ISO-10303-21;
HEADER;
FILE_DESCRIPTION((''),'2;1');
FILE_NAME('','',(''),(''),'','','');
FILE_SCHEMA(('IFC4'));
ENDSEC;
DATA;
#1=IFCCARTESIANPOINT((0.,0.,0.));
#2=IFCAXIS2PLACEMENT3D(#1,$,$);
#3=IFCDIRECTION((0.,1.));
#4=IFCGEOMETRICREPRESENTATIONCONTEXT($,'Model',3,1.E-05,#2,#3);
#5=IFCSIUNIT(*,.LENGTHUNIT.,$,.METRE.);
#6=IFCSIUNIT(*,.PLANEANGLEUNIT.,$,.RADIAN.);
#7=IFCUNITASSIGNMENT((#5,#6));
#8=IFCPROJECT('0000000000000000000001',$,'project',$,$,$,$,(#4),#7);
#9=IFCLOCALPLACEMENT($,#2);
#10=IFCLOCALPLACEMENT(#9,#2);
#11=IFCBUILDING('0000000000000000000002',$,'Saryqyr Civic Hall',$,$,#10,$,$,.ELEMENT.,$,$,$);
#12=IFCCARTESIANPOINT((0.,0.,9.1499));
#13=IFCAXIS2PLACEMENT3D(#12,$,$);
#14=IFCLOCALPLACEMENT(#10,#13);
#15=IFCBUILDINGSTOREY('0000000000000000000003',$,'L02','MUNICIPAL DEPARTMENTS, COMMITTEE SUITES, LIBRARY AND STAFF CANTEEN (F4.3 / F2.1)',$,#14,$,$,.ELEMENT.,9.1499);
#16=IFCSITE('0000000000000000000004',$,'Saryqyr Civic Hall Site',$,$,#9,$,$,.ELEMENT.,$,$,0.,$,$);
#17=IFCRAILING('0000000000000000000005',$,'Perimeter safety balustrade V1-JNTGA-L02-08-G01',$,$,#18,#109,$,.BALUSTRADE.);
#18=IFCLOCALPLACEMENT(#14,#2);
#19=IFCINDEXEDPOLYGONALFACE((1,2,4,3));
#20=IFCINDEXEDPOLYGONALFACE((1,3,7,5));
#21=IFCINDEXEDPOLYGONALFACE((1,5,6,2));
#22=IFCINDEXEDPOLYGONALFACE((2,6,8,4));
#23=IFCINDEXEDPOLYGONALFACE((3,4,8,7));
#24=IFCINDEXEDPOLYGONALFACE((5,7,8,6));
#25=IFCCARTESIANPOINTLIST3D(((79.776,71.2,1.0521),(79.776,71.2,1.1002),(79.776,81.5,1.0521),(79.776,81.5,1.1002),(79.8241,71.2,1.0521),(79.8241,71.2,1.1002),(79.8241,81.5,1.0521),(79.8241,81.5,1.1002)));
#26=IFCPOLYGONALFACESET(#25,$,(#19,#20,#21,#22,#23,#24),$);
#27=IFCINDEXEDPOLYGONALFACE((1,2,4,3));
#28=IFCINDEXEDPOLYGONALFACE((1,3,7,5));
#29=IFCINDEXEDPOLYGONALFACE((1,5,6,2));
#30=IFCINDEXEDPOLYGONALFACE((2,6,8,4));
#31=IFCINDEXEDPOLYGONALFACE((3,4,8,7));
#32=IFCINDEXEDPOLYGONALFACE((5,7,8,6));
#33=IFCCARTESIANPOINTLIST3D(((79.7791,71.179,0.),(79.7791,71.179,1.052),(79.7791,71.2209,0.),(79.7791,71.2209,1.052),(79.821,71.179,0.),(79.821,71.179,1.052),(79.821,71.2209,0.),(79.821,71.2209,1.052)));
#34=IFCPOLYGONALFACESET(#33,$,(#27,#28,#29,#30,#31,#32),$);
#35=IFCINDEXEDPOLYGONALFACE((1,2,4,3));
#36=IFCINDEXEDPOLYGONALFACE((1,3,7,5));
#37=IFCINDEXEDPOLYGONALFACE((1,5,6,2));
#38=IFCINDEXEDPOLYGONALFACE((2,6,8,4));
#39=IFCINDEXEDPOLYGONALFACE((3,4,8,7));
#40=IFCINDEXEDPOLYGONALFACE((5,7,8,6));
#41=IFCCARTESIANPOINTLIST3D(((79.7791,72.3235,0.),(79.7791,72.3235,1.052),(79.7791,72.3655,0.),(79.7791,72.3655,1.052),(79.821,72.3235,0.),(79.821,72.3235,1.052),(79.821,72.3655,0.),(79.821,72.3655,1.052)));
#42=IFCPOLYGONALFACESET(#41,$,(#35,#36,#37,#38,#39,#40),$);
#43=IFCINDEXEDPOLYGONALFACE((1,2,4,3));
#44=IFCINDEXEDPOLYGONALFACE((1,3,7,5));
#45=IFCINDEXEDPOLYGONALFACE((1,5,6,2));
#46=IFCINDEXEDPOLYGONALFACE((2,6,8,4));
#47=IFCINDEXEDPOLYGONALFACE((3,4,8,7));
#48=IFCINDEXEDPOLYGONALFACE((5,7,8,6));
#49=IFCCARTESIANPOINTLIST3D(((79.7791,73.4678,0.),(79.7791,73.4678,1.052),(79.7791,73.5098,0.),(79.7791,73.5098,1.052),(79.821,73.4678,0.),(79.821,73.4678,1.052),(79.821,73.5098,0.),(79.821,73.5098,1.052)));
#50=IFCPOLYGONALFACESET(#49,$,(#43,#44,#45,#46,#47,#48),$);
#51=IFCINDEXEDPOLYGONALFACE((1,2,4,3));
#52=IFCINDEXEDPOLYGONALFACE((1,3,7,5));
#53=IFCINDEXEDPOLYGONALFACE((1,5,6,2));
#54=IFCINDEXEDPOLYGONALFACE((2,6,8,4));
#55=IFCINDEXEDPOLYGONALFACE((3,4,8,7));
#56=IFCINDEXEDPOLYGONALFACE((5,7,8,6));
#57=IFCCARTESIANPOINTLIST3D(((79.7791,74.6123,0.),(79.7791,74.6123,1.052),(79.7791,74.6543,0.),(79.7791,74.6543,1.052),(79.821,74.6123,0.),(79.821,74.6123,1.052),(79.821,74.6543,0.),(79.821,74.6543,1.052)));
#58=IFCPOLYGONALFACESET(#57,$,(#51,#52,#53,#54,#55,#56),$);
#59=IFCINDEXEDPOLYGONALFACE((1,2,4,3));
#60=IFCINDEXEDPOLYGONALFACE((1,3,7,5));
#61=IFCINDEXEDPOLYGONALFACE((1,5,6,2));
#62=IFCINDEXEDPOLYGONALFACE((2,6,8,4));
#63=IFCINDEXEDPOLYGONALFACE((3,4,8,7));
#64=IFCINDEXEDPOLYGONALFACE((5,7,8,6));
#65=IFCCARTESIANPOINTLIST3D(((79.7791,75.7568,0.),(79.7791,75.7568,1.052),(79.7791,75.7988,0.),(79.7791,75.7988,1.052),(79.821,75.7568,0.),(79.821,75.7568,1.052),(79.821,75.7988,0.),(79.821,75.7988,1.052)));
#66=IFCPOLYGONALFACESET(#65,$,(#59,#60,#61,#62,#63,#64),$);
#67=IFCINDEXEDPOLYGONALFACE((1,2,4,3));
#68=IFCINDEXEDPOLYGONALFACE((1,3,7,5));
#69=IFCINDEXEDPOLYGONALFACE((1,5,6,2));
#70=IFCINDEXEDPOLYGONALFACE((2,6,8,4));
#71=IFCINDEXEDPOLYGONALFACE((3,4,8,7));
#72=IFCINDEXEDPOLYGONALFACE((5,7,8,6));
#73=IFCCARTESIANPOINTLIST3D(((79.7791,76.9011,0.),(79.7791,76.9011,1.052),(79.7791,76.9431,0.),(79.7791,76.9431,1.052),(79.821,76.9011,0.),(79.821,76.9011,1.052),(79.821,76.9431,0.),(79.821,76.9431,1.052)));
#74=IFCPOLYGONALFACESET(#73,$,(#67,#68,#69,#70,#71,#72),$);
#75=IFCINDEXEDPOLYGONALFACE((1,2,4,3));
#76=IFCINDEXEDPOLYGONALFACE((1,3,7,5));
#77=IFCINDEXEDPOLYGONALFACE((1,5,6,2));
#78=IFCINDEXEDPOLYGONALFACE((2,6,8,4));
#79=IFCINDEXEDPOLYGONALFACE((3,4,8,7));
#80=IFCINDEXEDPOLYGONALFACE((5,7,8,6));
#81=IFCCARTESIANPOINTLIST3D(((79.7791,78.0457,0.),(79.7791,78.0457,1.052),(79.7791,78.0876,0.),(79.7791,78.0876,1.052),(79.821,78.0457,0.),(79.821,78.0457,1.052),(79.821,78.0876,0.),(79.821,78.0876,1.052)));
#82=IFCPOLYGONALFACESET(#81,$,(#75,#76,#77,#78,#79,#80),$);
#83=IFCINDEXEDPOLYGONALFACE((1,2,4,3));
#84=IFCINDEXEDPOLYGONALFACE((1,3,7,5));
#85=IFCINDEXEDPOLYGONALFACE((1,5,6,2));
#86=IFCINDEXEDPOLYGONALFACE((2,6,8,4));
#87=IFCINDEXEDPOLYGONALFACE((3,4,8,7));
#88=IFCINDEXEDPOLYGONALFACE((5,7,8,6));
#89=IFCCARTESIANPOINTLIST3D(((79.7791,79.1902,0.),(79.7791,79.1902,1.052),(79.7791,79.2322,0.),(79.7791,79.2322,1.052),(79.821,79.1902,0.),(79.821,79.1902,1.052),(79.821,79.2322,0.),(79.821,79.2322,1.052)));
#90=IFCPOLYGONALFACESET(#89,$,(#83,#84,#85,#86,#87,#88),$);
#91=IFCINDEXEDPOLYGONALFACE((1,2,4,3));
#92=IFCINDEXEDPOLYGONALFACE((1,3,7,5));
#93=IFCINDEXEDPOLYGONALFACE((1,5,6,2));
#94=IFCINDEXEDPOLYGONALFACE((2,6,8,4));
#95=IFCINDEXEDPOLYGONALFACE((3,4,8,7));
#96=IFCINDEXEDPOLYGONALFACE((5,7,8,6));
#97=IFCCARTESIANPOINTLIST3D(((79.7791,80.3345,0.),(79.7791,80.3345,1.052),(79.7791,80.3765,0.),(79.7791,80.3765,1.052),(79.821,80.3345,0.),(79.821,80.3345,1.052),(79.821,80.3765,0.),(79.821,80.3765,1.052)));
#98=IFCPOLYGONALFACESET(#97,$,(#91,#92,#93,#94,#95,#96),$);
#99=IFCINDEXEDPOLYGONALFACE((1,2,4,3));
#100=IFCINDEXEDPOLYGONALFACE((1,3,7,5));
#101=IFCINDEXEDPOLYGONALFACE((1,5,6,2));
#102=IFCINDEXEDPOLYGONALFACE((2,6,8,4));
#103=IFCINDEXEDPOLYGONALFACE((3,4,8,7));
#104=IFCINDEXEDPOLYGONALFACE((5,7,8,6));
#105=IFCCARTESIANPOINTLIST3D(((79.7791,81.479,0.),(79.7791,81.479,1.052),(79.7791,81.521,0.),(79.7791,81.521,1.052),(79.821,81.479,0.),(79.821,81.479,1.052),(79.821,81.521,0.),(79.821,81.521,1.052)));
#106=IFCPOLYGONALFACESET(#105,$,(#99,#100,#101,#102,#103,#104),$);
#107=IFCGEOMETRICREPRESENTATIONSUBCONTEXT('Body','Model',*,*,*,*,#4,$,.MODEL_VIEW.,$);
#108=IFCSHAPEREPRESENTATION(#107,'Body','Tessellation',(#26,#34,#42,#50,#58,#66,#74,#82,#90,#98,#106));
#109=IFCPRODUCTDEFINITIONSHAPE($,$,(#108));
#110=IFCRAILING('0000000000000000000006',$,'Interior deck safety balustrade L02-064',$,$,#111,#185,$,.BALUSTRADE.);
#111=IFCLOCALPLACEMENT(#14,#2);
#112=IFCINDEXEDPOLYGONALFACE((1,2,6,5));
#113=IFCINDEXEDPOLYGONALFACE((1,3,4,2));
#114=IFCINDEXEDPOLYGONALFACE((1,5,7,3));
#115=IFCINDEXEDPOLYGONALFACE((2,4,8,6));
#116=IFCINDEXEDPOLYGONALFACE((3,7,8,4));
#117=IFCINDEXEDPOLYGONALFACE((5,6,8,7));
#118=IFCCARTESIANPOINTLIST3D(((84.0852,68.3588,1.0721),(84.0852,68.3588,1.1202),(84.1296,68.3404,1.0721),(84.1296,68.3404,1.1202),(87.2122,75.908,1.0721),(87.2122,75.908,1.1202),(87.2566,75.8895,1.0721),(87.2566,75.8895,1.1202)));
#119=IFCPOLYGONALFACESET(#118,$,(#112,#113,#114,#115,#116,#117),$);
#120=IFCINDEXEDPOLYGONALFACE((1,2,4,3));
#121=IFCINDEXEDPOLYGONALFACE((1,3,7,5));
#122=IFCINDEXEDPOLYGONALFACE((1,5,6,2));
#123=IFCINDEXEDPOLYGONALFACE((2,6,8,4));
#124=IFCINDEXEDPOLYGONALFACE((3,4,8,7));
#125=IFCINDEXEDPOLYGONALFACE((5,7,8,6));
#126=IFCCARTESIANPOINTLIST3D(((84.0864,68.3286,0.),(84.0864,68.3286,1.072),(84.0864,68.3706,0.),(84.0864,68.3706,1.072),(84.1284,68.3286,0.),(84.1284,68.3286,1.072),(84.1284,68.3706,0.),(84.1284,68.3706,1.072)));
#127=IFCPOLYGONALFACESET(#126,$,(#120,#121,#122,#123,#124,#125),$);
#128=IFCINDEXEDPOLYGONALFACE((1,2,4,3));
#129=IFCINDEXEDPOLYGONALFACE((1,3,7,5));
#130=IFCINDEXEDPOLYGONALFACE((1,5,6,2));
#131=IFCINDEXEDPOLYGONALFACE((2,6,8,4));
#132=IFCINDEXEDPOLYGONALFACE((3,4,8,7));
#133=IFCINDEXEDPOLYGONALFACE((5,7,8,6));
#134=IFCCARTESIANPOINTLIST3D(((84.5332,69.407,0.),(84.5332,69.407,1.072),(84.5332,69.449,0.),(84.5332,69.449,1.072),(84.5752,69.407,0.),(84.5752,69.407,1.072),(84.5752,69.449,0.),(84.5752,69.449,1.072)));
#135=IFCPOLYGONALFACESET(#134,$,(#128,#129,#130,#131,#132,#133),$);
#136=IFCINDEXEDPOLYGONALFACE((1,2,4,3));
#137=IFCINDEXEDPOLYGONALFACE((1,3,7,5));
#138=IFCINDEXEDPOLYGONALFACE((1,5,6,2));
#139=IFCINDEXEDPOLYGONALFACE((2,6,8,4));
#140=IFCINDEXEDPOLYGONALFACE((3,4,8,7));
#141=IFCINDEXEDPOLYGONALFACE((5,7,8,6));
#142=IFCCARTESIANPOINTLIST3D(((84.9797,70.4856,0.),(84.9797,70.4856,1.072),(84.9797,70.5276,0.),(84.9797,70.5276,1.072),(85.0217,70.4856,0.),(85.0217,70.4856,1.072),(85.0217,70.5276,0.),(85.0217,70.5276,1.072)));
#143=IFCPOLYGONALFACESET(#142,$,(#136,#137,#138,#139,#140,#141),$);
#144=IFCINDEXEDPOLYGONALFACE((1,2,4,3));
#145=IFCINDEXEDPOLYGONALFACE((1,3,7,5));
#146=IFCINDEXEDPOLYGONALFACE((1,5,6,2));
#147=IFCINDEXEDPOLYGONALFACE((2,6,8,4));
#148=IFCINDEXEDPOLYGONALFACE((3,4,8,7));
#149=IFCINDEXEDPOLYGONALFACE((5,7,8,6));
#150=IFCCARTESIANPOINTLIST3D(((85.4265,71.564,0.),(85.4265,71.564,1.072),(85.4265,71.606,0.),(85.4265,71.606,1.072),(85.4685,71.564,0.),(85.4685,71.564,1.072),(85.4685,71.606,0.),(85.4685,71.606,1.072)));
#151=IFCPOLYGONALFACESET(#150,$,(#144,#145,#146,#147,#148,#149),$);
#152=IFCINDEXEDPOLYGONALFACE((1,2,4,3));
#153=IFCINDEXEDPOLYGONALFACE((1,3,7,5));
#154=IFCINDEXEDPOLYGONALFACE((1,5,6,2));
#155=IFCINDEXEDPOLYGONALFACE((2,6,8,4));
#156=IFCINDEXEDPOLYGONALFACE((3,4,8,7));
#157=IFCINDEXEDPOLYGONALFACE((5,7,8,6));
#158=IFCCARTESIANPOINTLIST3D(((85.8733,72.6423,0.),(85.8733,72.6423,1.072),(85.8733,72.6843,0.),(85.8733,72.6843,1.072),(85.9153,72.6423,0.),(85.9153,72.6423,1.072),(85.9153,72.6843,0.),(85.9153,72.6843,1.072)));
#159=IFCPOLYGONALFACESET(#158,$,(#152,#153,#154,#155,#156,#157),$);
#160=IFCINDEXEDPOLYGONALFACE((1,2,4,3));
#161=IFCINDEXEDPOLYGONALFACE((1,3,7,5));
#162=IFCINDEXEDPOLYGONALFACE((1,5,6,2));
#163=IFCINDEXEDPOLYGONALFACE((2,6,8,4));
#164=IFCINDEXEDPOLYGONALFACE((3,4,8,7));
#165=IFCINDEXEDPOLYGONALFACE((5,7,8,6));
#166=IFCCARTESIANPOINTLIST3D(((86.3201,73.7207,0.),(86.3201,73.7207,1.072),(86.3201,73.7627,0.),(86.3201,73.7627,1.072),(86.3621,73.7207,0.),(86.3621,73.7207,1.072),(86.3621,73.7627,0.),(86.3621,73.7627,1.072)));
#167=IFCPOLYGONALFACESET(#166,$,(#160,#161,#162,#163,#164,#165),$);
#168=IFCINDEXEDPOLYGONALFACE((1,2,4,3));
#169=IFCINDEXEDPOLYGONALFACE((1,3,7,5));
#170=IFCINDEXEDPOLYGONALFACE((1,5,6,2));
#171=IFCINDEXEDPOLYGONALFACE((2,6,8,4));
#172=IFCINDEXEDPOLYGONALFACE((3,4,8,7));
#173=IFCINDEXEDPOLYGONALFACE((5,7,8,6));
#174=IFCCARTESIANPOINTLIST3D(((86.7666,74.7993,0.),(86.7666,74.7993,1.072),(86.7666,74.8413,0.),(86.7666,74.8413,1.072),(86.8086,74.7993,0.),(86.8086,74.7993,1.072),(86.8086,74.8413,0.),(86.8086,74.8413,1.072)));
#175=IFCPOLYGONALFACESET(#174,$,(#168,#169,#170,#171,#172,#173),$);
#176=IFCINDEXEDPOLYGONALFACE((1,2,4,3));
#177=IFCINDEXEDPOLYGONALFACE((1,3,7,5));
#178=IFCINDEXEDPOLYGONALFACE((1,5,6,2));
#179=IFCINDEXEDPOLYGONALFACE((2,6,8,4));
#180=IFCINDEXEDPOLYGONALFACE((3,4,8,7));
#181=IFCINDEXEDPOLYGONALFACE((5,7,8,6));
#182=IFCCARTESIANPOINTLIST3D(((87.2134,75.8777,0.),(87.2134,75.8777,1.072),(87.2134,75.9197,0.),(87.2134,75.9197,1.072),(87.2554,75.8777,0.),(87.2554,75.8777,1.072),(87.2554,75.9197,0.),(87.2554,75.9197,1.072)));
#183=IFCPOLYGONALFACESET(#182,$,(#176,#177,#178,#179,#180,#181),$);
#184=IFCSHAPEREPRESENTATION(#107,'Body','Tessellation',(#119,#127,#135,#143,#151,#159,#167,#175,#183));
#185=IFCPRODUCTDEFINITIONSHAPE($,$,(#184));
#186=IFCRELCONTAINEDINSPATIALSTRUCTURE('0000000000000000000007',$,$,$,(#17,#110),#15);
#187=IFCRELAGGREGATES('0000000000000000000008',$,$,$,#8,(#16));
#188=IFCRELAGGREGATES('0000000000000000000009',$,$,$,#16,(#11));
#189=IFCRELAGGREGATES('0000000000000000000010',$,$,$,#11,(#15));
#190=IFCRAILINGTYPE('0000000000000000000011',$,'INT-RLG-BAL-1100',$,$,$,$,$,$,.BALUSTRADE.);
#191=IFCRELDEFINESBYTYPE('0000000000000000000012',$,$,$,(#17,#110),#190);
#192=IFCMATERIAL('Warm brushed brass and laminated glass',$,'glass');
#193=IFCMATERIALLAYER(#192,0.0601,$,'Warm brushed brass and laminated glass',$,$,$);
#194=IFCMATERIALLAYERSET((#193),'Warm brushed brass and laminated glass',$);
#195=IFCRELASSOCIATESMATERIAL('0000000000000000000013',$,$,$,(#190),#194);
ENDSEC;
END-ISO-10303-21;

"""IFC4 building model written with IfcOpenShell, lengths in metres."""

from ifc_helpers import new_model, si_unit, direction, frame, origin, origin_2d, place, context, subcontext, project, spatial, rectangle, extrude, material, layer, layer_set, type_object, element, save


model = new_model("IFC4")

# Units and contexts
model_context = context("Model", 3, precision=1e-05, world=origin(), true_north=direction((0.0, 1.0)))
body_context = subcontext(model_context, "Body", "Model", "MODEL_VIEW")
ifc_project = project(units=[si_unit("LENGTHUNIT", "METRE"), si_unit("PLANEANGLEUNIT", "RADIAN")], contexts=[model_context])

# Site, building, storey
site_placement = place(None, origin())
site = spatial("IfcSite", under=ifc_project, at=site_placement, Name="Saryqyr Civic Hall Site", CompositionType="ELEMENT", RefElevation=0.0)
building_placement = place(site_placement, origin())
building = spatial("IfcBuilding", under=site, at=building_placement, Name="Saryqyr Civic Hall", CompositionType="ELEMENT")
storey_placement = place(building_placement, frame((0.0, 0.0, 9.1499)))
storey = spatial("IfcBuildingStorey", under=building, at=storey_placement, Name="L02", Description="MUNICIPAL DEPARTMENTS, COMMITTEE SUITES, LIBRARY AND STAFF CANTEEN (F4.3 / F2.1)", CompositionType="ELEMENT", Elevation=9.1499)

# Railings
ifc_material_1 = material(Name="Warm brushed brass and laminated glass", Category="glass")
ifc_layer_1 = layer(ifc_material_1, 0.0601, Name="Warm brushed brass and laminated glass")
ifc_layer_set_1 = layer_set([ifc_layer_1], Name="Warm brushed brass and laminated glass")
railing_type_1 = type_object("IfcRailingType", Name="INT-RLG-BAL-1100", PredefinedType="BALUSTRADE", material=ifc_layer_set_1)
railing_1_placement = place(storey_placement, frame((79.8, 71.2, 0.0)))
element("IfcRailing", 1, at=railing_1_placement, inside=storey, type_object=railing_type_1, Name="Perimeter safety balustrade V1-JNTGA-L02-08-G01", PredefinedType="BALUSTRADE", context=body_context, shape_type="SweptSolid", body=[
    extrude(rectangle(XDim=0.0481, YDim=0.0481, at=origin_2d()), frame((0.0, 0.0, 1.0762), z_axis=(0.0, 1.0, 0.0), x_axis=(-1.0, 0.0, 0.0)), (0.0, 0.0, 1.0), 10.3),
    extrude(rectangle(XDim=0.042, YDim=0.042, at=origin_2d()), origin(), (0.0, 0.0, 1.0), 1.052),
    extrude(rectangle(XDim=0.042, YDim=0.042, at=origin_2d()), frame((0.0, 1.1445, 0.0)), (0.0, 0.0, 1.0), 1.052),
    extrude(rectangle(XDim=0.042, YDim=0.042, at=origin_2d()), frame((0.0, 2.2888, 0.0)), (0.0, 0.0, 1.0), 1.052),
    extrude(rectangle(XDim=0.042, YDim=0.042, at=origin_2d()), frame((0.0, 3.4333, 0.0)), (0.0, 0.0, 1.0), 1.052),
    extrude(rectangle(XDim=0.042, YDim=0.042, at=origin_2d()), frame((0.0, 4.5779, 0.0)), (0.0, 0.0, 1.0), 1.052),
    extrude(rectangle(XDim=0.042, YDim=0.042, at=origin_2d()), frame((0.0, 5.7222, 0.0)), (0.0, 0.0, 1.0), 1.052),
    extrude(rectangle(XDim=0.042, YDim=0.042, at=origin_2d()), frame((0.0, 6.8667, 0.0)), (0.0, 0.0, 1.0), 1.052),
    extrude(rectangle(XDim=0.042, YDim=0.042, at=origin_2d()), frame((0.0, 8.0112, 0.0)), (0.0, 0.0, 1.0), 1.052),
    extrude(rectangle(XDim=0.042, YDim=0.042, at=origin_2d()), frame((0.0, 9.1555, 0.0)), (0.0, 0.0, 1.0), 1.052),
    extrude(rectangle(XDim=0.042, YDim=0.042, at=origin_2d()), frame((0.0, 10.3, 0.0)), (0.0, 0.0, 1.0), 1.052),
])
railing_2_placement = place(storey_placement, frame((84.1074, 68.3496, 0.0)))
element("IfcRailing", 2, at=railing_2_placement, inside=storey, type_object=railing_type_1, Name="Interior deck safety balustrade L02-064", PredefinedType="BALUSTRADE", context=body_context, shape_type="SweptSolid", body=[
    extrude(rectangle(XDim=0.0481, YDim=0.0481, at=origin_2d()), frame((0.0, 0.0, 1.0962), z_axis=(0.382686, 0.923878, 0.0), x_axis=(-0.923878, 0.382686, 0.0)), (0.0, 0.0, 1.0), 8.1711),
    extrude(rectangle(XDim=0.042, YDim=0.042, at=origin_2d()), origin(), (0.0, 0.0, 1.0), 1.072),
    extrude(rectangle(XDim=0.042, YDim=0.042, at=origin_2d()), frame((0.4468, 1.0784, 0.0)), (0.0, 0.0, 1.0), 1.072),
    extrude(rectangle(XDim=0.042, YDim=0.042, at=origin_2d()), frame((0.8933, 2.157, 0.0)), (0.0, 0.0, 1.0), 1.072),
    extrude(rectangle(XDim=0.042, YDim=0.042, at=origin_2d()), frame((1.3401, 3.2354, 0.0)), (0.0, 0.0, 1.0), 1.072),
    extrude(rectangle(XDim=0.042, YDim=0.042, at=origin_2d()), frame((1.7869, 4.3137, 0.0)), (0.0, 0.0, 1.0), 1.072),
    extrude(rectangle(XDim=0.042, YDim=0.042, at=origin_2d()), frame((2.2336, 5.3921, 0.0)), (0.0, 0.0, 1.0), 1.072),
    extrude(rectangle(XDim=0.042, YDim=0.042, at=origin_2d()), frame((2.6802, 6.4707, 0.0)), (0.0, 0.0, 1.0), 1.072),
    extrude(rectangle(XDim=0.042, YDim=0.042, at=origin_2d()), frame((3.127, 7.5491, 0.0)), (0.0, 0.0, 1.0), 1.072),
])

save(model, "model.ifc")
